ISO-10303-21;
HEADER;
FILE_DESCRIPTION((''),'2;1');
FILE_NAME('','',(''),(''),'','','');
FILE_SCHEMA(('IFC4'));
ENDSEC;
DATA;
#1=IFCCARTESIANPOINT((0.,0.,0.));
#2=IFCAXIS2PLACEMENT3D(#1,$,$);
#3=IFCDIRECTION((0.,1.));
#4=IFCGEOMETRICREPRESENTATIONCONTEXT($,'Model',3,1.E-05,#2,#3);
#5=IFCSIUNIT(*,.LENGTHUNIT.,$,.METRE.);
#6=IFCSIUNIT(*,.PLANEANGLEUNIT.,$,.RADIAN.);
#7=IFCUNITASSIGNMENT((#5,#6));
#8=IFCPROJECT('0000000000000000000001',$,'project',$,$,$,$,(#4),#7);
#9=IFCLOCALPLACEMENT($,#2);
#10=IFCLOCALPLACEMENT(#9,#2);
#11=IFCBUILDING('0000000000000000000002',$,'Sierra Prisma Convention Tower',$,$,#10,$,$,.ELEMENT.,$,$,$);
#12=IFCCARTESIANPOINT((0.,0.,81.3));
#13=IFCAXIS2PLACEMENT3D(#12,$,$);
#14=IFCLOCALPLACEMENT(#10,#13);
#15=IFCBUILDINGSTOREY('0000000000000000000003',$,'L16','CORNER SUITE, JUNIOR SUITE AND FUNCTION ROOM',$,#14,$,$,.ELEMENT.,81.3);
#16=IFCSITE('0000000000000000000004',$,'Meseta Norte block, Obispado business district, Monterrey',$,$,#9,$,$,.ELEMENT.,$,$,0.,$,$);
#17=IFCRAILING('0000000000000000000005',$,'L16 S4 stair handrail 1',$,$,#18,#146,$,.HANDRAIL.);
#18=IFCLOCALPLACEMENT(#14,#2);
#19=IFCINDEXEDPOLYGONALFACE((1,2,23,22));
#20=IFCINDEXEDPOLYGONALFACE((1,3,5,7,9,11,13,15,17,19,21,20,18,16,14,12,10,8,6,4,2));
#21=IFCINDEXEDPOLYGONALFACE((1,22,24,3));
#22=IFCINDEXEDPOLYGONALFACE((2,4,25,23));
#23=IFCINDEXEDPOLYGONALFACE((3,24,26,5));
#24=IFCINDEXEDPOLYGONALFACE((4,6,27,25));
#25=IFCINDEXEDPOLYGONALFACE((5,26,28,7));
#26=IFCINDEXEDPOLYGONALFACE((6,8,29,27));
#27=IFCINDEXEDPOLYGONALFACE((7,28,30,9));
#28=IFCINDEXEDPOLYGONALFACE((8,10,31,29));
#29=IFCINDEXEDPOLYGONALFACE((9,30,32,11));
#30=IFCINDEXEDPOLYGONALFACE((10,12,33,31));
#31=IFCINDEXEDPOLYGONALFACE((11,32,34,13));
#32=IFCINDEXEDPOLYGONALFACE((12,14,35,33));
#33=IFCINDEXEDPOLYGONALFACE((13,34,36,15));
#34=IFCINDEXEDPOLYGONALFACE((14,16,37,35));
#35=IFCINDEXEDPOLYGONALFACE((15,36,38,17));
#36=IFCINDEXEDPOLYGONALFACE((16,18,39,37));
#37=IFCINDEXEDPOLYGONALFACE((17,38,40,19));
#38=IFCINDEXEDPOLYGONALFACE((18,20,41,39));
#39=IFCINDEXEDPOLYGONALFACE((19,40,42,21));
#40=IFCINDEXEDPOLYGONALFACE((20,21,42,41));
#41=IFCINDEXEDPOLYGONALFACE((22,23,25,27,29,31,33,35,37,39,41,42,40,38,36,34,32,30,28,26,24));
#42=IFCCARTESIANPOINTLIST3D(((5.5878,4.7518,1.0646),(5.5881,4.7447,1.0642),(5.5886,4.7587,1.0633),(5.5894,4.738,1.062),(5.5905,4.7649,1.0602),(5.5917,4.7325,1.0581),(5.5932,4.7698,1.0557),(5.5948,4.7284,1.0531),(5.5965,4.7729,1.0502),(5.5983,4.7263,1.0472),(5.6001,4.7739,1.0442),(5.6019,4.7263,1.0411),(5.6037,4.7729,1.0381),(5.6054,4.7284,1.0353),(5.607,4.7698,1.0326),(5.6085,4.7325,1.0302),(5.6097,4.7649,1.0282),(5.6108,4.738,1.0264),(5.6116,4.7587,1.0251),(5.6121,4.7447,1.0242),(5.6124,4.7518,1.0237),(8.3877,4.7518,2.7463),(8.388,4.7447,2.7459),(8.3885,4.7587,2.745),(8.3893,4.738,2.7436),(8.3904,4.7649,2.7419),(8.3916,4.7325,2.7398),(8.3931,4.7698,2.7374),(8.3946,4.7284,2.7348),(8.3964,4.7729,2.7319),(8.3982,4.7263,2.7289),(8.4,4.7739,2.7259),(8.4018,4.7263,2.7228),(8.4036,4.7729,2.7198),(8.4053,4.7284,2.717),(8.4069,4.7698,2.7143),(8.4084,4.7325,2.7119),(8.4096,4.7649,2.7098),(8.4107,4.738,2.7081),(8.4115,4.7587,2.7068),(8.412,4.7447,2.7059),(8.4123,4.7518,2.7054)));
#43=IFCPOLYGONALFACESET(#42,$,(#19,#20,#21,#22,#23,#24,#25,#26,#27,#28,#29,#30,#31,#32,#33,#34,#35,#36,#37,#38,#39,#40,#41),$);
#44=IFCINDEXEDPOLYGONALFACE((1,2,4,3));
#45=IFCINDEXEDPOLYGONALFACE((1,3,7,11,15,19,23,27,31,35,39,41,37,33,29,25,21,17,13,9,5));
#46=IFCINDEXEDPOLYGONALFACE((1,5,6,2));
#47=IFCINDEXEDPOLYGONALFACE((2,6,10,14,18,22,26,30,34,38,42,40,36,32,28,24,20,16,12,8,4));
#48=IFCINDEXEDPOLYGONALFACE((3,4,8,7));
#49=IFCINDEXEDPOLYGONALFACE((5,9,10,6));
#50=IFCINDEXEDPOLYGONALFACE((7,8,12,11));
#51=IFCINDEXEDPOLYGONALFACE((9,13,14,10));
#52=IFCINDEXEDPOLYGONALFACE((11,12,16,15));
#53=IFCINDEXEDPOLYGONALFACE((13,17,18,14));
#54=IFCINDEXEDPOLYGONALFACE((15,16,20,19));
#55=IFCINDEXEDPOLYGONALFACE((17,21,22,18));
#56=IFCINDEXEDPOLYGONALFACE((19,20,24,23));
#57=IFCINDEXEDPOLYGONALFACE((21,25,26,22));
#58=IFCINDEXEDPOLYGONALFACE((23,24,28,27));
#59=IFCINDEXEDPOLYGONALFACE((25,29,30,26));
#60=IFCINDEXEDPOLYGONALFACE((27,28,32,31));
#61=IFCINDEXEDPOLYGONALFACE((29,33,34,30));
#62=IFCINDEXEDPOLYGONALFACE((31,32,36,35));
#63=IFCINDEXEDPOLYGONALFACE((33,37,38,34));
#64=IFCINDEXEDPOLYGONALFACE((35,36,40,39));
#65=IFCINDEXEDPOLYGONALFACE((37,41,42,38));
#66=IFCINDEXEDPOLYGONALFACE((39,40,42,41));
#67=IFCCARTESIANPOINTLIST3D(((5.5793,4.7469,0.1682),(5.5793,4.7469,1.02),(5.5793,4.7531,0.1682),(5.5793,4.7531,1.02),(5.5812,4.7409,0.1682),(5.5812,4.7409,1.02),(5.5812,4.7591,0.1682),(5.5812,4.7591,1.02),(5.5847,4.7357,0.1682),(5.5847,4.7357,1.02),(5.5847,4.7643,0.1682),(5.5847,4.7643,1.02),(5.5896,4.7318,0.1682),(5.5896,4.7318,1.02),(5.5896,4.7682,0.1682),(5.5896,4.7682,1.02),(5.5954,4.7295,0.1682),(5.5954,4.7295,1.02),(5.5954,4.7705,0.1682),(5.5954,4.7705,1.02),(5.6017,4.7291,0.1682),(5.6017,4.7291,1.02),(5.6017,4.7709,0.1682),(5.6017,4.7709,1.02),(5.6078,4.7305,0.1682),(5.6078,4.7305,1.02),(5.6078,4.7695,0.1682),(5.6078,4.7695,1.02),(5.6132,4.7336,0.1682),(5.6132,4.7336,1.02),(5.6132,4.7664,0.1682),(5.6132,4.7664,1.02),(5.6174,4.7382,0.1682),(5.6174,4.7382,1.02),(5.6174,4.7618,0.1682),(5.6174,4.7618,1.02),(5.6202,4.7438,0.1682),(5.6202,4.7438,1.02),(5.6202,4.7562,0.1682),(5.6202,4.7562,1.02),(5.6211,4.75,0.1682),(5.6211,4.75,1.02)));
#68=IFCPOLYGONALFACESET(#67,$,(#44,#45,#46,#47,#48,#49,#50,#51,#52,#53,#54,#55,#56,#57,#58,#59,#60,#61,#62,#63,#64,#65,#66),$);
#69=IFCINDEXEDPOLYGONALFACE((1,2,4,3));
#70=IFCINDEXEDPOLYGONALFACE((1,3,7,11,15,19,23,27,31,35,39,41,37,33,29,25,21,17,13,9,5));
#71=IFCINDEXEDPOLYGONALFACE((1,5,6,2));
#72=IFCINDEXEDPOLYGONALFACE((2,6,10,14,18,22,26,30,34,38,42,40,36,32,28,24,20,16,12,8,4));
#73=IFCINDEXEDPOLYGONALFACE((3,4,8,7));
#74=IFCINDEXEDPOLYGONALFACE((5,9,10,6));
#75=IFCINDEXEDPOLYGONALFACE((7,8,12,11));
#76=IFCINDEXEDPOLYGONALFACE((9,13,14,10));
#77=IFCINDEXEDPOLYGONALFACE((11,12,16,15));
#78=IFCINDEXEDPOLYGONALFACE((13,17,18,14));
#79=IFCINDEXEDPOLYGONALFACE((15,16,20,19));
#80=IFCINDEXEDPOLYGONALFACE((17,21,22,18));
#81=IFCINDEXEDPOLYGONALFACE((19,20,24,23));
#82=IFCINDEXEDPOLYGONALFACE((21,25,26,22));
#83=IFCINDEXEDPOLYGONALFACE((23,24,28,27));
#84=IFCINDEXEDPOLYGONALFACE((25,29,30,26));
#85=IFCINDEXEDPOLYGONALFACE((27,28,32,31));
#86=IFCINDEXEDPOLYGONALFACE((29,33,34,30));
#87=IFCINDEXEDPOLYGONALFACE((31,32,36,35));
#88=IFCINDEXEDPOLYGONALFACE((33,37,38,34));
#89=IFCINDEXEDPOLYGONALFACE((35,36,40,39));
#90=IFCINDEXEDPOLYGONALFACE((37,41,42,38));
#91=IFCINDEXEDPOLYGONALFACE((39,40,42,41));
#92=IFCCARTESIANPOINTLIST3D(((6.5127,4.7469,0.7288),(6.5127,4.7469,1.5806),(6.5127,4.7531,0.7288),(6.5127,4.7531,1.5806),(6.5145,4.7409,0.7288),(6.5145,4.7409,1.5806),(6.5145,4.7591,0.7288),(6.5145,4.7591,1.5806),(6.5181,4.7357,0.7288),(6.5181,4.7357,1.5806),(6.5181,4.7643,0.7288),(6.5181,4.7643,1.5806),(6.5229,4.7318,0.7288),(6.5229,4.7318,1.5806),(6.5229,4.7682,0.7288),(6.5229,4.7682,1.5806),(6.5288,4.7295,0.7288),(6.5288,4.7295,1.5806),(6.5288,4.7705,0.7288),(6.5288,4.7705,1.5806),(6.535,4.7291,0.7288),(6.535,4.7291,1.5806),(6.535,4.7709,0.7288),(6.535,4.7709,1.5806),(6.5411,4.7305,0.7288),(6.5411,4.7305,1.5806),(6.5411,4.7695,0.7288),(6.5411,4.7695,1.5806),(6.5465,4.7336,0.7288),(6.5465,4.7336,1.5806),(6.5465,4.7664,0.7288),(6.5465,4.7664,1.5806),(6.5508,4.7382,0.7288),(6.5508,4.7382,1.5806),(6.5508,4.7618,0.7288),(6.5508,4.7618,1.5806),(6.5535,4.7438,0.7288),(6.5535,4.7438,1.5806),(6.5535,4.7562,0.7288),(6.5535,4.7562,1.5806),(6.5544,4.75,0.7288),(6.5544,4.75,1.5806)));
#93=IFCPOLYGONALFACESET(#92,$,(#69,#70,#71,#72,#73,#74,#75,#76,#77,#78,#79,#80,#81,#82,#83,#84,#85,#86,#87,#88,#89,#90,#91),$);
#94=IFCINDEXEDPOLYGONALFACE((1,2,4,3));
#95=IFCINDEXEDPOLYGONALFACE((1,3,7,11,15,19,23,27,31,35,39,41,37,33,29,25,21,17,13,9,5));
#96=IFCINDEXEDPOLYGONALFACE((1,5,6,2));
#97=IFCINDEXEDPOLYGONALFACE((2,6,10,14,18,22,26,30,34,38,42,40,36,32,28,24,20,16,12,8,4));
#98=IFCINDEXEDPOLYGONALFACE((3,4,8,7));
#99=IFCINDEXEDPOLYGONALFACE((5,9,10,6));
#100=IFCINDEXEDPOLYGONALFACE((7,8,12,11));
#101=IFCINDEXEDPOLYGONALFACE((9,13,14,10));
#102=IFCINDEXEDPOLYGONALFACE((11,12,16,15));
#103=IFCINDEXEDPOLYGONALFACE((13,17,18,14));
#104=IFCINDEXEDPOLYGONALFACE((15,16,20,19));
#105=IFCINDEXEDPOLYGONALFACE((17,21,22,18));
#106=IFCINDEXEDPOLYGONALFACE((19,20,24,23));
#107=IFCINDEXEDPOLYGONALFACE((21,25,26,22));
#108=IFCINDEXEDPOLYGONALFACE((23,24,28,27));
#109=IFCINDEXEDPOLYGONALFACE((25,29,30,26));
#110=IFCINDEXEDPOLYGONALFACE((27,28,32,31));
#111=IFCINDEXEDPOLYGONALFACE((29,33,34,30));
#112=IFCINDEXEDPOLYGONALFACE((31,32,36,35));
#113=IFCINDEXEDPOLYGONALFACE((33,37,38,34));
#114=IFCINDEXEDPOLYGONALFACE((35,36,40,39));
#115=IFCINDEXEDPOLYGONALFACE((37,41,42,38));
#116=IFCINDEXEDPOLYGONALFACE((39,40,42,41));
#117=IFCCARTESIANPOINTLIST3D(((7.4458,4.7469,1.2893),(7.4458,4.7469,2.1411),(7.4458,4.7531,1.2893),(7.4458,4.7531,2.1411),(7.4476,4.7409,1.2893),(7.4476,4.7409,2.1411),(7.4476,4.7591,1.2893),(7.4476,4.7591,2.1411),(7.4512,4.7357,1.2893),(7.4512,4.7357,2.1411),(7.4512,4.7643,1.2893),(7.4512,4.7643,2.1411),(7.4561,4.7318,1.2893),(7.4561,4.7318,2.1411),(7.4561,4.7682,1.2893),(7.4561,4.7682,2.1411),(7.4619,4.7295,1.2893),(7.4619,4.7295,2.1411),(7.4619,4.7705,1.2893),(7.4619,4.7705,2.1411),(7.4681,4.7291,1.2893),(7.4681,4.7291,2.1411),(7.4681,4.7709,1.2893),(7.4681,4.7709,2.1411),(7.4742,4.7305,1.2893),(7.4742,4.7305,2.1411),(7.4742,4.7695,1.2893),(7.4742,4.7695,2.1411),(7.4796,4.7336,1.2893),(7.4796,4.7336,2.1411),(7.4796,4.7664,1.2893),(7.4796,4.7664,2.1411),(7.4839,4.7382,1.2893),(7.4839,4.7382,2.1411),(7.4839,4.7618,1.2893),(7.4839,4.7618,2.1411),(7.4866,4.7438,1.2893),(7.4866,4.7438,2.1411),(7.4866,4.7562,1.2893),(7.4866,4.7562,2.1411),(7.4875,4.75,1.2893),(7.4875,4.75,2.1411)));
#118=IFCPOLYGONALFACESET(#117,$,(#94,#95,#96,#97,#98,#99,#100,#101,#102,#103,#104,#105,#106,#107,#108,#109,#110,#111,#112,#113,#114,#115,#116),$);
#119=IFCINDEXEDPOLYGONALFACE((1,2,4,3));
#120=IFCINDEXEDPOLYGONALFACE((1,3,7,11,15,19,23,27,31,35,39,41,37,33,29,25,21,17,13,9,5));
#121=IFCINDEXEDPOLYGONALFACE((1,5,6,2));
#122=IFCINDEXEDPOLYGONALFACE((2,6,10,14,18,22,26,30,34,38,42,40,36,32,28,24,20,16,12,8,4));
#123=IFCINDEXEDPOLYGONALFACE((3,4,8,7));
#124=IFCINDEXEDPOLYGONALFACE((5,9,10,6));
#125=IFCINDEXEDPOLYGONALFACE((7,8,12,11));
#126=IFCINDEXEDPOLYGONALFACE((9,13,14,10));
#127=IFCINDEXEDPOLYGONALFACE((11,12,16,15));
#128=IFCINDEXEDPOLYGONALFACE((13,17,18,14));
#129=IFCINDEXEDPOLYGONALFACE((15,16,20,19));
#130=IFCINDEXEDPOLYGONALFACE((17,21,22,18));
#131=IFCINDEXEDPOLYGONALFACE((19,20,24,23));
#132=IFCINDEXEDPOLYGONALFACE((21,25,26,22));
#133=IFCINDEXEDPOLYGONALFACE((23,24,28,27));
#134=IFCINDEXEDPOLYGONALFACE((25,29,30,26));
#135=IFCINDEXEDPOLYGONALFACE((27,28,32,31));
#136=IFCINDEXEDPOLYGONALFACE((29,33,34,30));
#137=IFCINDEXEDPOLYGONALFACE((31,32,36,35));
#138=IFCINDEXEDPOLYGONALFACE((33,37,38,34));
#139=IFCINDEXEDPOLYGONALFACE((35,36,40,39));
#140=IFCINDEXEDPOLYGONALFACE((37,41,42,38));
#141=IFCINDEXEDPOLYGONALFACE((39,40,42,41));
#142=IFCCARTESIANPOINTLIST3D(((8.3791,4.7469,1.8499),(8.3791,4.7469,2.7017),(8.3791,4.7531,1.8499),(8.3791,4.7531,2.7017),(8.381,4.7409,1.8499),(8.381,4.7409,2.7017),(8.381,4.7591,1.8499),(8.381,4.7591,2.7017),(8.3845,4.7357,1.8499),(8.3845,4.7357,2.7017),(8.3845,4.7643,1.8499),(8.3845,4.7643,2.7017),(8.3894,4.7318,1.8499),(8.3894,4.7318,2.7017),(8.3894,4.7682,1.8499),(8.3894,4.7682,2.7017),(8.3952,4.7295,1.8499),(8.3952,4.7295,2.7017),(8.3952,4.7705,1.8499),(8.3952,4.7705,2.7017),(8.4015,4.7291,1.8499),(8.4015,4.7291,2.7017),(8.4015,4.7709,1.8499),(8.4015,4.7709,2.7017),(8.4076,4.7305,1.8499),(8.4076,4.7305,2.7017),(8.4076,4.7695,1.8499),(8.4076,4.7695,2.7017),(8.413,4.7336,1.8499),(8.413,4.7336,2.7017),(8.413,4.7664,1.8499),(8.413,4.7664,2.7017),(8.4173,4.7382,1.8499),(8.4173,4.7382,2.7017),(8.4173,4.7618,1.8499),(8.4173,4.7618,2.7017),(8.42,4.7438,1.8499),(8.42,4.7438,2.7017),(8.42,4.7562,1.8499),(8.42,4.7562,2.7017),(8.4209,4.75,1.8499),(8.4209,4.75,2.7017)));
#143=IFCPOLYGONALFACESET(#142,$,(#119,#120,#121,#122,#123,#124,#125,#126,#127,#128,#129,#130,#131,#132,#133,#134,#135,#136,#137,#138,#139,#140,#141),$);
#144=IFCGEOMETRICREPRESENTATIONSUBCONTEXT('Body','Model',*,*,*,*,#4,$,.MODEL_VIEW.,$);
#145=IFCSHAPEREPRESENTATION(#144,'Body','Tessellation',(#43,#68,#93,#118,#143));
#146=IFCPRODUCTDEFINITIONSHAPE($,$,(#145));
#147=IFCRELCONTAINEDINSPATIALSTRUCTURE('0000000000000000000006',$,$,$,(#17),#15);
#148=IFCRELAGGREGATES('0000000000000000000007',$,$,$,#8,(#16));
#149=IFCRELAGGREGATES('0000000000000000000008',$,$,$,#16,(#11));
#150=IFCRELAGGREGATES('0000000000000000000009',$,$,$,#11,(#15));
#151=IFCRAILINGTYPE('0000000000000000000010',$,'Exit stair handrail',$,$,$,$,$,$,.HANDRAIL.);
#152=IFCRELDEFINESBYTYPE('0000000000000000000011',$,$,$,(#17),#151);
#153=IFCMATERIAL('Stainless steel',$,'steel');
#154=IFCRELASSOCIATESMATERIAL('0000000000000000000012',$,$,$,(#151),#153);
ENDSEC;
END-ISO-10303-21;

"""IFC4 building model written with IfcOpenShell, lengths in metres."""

from ifc_helpers import new_model, si_unit, direction, frame, origin, origin_2d, place, context, subcontext, project, spatial, circle, extrude, material, type_object, element, save


model = new_model("IFC4")

# Units and contexts
model_context = context("Model", 3, precision=1e-05, world=origin(), true_north=direction((0.0, 1.0)))
body_context = subcontext(model_context, "Body", "Model", "MODEL_VIEW")
ifc_project = project(units=[si_unit("LENGTHUNIT", "METRE"), si_unit("PLANEANGLEUNIT", "RADIAN")], contexts=[model_context])

# Site, building, storey
site_placement = place(None, origin())
site = spatial("IfcSite", under=ifc_project, at=site_placement, Name="Meseta Norte block, Obispado business district, Monterrey", CompositionType="ELEMENT", RefElevation=0.0)
building_placement = place(site_placement, origin())
building = spatial("IfcBuilding", under=site, at=building_placement, Name="Sierra Prisma Convention Tower", CompositionType="ELEMENT")
storey_placement = place(building_placement, frame((0.0, 0.0, 81.3)))
storey = spatial("IfcBuildingStorey", under=building, at=storey_placement, Name="L16", Description="CORNER SUITE, JUNIOR SUITE AND FUNCTION ROOM", CompositionType="ELEMENT", Elevation=81.3)

# Railing
ifc_material_1 = material(Name="Stainless steel", Category="steel")
railing_type_1 = type_object("IfcRailingType", Name="Exit stair handrail", PredefinedType="HANDRAIL", material=ifc_material_1)
railing_1_placement = place(storey_placement, frame((5.6001, 4.75, 0.1682)))
element("IfcRailing", 1, at=railing_1_placement, inside=storey, type_object=railing_type_1, Name="L16 S4 stair handrail 1", PredefinedType="HANDRAIL", context=body_context, shape_type="SweptSolid", body=[
    extrude(circle(Radius=0.0239, at=origin_2d()), frame((0.0, 0.0, 0.876), z_axis=(0.857255, 0.0, 0.514891), x_axis=(0.0, 1.0, 0.0)), (0.0, 0.0, 1.0), 3.2661),
    extrude(circle(Radius=0.021, at=origin_2d()), origin(), (0.0, 0.0, 1.0), 0.8518),
    extrude(circle(Radius=0.021, at=origin_2d()), frame((0.9333, 0.0, 0.5605)), (0.0, 0.0, 1.0), 0.8518),
    extrude(circle(Radius=0.021, at=origin_2d()), frame((1.8665, 0.0, 1.1211)), (0.0, 0.0, 1.0), 0.8518),
    extrude(circle(Radius=0.021, at=origin_2d()), frame((2.7998, 0.0, 1.6816)), (0.0, 0.0, 1.0), 0.8518),
])

save(model, "model.ifc")
